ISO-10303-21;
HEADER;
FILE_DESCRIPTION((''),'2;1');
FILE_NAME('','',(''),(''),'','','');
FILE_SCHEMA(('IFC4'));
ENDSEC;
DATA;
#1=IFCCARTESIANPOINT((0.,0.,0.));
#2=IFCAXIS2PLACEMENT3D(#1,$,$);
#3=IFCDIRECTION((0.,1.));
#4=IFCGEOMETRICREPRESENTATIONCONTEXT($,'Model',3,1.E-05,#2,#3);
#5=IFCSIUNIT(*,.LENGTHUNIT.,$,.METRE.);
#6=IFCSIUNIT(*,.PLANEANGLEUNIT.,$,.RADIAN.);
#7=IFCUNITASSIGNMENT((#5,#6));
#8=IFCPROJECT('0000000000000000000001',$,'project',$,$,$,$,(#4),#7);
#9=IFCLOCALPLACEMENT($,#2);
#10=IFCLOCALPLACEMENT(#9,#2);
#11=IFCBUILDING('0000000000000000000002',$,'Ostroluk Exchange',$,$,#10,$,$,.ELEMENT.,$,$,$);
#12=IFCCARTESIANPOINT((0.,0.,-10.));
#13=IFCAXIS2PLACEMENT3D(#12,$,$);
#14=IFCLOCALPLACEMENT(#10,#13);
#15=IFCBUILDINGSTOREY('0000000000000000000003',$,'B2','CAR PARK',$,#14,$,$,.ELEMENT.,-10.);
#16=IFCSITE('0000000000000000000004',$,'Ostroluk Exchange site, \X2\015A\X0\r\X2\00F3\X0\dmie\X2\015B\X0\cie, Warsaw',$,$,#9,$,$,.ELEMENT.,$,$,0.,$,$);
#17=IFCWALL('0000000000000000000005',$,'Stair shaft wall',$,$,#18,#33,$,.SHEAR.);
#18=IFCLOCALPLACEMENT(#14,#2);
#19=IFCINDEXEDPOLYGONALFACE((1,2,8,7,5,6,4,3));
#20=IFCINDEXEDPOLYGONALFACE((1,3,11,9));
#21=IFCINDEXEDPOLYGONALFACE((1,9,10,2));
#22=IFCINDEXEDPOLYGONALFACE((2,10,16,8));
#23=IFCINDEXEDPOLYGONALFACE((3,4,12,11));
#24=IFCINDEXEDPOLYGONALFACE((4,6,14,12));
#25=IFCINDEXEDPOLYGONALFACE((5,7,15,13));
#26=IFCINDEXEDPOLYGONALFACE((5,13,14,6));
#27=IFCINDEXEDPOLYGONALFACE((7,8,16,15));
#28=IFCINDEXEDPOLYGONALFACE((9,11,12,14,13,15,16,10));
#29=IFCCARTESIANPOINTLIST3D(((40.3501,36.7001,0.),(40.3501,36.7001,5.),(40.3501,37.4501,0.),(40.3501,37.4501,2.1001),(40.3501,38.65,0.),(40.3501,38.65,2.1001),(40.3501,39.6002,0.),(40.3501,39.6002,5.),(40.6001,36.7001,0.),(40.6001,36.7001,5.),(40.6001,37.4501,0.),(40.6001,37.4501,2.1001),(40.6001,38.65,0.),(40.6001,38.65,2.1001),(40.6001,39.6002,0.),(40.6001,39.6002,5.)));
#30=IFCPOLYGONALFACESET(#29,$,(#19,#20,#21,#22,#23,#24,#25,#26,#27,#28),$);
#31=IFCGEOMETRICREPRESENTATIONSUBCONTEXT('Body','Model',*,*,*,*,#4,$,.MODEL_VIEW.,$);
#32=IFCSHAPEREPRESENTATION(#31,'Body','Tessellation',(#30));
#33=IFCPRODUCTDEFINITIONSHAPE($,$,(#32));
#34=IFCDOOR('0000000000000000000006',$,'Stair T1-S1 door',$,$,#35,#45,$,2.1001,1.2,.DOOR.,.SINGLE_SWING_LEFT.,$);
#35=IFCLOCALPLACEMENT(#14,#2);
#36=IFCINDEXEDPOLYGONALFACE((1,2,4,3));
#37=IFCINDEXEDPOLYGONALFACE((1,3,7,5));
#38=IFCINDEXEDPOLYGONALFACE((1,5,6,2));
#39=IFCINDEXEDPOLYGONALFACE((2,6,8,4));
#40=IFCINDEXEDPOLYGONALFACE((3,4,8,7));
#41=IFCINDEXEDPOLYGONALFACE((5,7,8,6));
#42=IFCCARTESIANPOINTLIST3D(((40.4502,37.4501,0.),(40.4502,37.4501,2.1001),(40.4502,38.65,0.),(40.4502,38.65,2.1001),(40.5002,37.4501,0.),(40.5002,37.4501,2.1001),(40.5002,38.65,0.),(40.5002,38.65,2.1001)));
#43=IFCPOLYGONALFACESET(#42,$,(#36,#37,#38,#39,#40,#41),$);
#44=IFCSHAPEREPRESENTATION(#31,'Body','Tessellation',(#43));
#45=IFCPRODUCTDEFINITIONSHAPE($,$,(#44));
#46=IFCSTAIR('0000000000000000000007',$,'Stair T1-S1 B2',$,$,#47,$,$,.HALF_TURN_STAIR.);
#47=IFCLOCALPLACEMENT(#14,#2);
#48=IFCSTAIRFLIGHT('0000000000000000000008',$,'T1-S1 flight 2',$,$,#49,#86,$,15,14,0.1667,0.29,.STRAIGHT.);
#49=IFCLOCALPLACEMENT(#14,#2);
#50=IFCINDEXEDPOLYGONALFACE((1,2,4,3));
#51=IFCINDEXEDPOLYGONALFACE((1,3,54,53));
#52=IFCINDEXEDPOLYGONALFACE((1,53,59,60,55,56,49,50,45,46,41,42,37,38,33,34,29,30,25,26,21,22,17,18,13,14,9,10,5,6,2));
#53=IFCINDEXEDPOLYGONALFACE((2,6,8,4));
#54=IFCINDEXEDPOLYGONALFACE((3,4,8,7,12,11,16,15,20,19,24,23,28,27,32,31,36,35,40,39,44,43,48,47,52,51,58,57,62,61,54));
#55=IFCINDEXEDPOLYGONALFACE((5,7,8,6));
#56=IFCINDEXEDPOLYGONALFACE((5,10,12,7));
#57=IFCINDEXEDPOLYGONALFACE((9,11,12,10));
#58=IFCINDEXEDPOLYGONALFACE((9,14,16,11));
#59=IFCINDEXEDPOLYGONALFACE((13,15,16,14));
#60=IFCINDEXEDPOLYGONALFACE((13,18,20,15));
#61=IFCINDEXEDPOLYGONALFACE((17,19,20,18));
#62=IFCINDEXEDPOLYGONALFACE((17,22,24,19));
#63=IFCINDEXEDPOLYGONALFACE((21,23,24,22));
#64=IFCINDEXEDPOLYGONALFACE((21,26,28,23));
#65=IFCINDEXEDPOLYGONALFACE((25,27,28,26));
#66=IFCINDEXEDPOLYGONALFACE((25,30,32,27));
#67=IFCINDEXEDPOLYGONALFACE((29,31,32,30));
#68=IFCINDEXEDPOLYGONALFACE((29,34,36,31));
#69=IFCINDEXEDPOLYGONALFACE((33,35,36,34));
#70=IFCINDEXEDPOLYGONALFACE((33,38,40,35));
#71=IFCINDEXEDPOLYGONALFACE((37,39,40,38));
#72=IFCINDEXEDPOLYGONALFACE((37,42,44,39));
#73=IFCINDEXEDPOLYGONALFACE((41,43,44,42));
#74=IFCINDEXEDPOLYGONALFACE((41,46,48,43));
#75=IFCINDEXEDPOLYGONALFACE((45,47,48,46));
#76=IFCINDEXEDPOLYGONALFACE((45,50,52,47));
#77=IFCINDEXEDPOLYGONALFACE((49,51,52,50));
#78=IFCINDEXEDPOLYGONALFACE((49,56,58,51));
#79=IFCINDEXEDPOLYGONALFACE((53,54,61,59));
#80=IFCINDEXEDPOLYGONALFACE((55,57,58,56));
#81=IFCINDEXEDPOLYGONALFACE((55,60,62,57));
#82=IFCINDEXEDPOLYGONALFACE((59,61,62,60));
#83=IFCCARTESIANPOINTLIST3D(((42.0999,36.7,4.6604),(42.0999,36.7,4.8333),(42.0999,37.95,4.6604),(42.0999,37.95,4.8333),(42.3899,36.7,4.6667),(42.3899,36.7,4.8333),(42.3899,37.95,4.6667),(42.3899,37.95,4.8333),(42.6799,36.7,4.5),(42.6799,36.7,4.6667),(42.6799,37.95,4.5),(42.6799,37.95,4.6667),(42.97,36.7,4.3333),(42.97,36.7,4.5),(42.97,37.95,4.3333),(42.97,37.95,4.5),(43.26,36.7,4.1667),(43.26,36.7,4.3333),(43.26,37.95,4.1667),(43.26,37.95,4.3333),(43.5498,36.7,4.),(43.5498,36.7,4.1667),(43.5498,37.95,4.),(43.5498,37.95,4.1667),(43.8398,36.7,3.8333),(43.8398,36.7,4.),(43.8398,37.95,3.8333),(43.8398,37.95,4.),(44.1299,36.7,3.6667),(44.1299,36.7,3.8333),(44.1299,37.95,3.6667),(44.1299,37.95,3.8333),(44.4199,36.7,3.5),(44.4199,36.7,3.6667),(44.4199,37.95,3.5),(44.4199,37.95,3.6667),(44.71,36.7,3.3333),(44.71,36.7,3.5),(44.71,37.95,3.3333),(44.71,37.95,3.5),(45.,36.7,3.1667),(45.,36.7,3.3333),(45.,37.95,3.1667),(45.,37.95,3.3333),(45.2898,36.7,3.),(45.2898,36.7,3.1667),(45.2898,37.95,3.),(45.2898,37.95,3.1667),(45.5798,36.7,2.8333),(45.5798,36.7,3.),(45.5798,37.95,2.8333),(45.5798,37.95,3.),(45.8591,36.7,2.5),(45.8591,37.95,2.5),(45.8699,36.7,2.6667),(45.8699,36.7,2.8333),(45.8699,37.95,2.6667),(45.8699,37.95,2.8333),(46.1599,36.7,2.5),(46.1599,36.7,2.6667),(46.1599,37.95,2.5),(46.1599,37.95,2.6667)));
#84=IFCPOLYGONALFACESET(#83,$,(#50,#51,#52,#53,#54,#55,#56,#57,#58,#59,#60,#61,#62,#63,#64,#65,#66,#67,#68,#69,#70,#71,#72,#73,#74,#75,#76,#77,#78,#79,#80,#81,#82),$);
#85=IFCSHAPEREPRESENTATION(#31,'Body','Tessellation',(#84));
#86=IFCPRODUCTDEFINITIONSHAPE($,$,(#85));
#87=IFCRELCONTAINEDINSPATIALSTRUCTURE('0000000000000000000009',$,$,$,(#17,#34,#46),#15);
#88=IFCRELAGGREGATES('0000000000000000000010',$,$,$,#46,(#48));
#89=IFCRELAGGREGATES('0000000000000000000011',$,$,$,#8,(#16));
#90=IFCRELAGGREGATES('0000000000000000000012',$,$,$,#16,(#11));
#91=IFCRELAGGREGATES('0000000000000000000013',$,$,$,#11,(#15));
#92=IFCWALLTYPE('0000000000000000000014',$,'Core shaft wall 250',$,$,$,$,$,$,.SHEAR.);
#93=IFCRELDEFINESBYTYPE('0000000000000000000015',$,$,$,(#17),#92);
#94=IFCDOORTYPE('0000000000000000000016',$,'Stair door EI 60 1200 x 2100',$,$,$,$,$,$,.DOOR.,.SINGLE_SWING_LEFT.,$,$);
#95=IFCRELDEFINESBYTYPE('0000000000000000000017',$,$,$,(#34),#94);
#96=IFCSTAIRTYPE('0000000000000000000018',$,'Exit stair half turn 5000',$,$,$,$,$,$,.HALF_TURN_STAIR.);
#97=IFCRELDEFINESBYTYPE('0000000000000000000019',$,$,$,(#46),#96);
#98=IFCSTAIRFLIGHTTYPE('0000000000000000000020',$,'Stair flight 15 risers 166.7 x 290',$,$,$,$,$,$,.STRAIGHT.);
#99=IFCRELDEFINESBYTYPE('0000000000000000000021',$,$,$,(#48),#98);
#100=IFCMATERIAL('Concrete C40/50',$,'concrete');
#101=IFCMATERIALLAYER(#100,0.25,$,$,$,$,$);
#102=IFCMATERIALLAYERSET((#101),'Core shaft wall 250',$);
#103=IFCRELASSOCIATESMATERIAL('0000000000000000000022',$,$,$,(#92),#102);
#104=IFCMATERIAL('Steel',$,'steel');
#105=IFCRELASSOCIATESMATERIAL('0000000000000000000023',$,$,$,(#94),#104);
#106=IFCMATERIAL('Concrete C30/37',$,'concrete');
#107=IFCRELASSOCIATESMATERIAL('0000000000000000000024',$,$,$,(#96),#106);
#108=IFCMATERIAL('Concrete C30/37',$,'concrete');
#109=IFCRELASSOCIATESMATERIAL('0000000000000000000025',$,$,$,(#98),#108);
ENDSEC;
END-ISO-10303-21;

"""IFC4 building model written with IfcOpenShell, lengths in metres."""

from ifc_helpers import new_model, si_unit, direction, frame, frame_2d, origin, place, context, subcontext, project, spatial, polyline, rectangle, outline, extrude, material, layer, layer_set, type_object, element, fill, aggregate, save


model = new_model("IFC4")

# Units and contexts
model_context = context("Model", 3, precision=1e-05, world=origin(), true_north=direction((0.0, 1.0)))
body_context = subcontext(model_context, "Body", "Model", "MODEL_VIEW")
ifc_project = project(units=[si_unit("LENGTHUNIT", "METRE"), si_unit("PLANEANGLEUNIT", "RADIAN")], contexts=[model_context])

# Site, building, storey
site_placement = place(None, origin())
site = spatial("IfcSite", under=ifc_project, at=site_placement, Name="Ostroluk Exchange site, Śródmieście, Warsaw", CompositionType="ELEMENT", RefElevation=0.0)
building_placement = place(site_placement, origin())
building = spatial("IfcBuilding", under=site, at=building_placement, Name="Ostroluk Exchange", CompositionType="ELEMENT")
storey_placement = place(building_placement, frame((0.0, 0.0, -10.0)))
storey = spatial("IfcBuildingStorey", under=building, at=storey_placement, Name="B2", Description="CAR PARK", CompositionType="ELEMENT", Elevation=-10.0)

# Wall, opening, door
ifc_material_1 = material(Name="Concrete C40/50", Category="concrete")
ifc_layer_1 = layer(ifc_material_1, 0.25)
ifc_layer_set_1 = layer_set([ifc_layer_1], Name="Core shaft wall 250")
wall_type_1 = type_object("IfcWallType", Name="Core shaft wall 250", PredefinedType="SHEAR", material=ifc_layer_set_1)
wall_1_placement = place(storey_placement, frame((40.4751, 36.7, 0.0), z_axis=(0.0, 0.0, 1.0), x_axis=(0.0, 1.0, 0.0)))
wall_1 = element("IfcWall", 1, at=wall_1_placement, inside=storey, type_object=wall_type_1, Name="Stair shaft wall", PredefinedType="SHEAR", context=body_context, shape_type="SweptSolid", body=[
    extrude(rectangle(XDim=2.9001, YDim=0.25, at=frame_2d((1.4502, 0.0))), origin(), (0.0, 0.0, 1.0), 5.0),
])
opening_1_placement = place(wall_1_placement, frame((0.75, 0.0, 0.0)))
opening_1 = element("IfcOpeningElement", 2, at=opening_1_placement, cuts=wall_1, PredefinedType="OPENING", context=body_context, shape_type="SweptSolid", body=[
    extrude(rectangle(XDim=1.2, YDim=2.1001, at=frame_2d((0.6001, 1.05))), frame((0.0, 0.135, 0.0), z_axis=(0.0, -1.0, 0.0), x_axis=(1.0, 0.0, 0.0)), (0.0, 0.0, 1.0), 0.27),
])
ifc_material_2 = material(Name="Steel", Category="steel")
door_type_1 = type_object("IfcDoorType", Name="Stair door EI 60 1200 x 2100", OperationType="SINGLE_SWING_LEFT", PredefinedType="DOOR", material=ifc_material_2)
door_1_placement = place(opening_1_placement, origin())
door_1 = element("IfcDoor", 3, at=door_1_placement, inside=storey, type_object=door_type_1, Name="Stair T1-S1 door", OperationType="SINGLE_SWING_LEFT", OverallHeight=2.1001, OverallWidth=1.2, PredefinedType="DOOR", context=body_context, shape_type="SweptSolid", body=[
    extrude(rectangle(XDim=1.2, YDim=2.1001, at=frame_2d((0.6001, 1.05))), frame((0.0, 0.0249, 0.0), z_axis=(0.0, -1.0, 0.0), x_axis=(1.0, 0.0, 0.0)), (0.0, 0.0, 1.0), 0.05),
])
fill(opening_1, door_1)

# Stair, stair flight
ifc_material_3 = material(Name="Concrete C30/37", Category="concrete")
stair_type = type_object("IfcStairType", Name="Exit stair half turn 5000", PredefinedType="HALF_TURN_STAIR", material=ifc_material_3)
stair_placement = place(storey_placement, origin())
stair = element("IfcStair", 4, at=stair_placement, inside=storey, type_object=stair_type, Name="Stair T1-S1 B2", PredefinedType="HALF_TURN_STAIR")
ifc_material_4 = material(Name="Concrete C30/37", Category="concrete")
stair_flight_type = type_object("IfcStairFlightType", Name="Stair flight 15 risers 166.7 x 290", PredefinedType="STRAIGHT", material=ifc_material_4)
stair_flight_placement = place(storey_placement, frame((46.1599, 37.325, 2.5), z_axis=(0.0, 0.0, 1.0), x_axis=(-1.0, 0.0, 0.0)))
stair_flight = element("IfcStairFlight", 5, at=stair_flight_placement, type_object=stair_flight_type, Name="T1-S1 flight 2", NumberOfRisers=15, NumberOfTreads=14, PredefinedType="STRAIGHT", RiserHeight=0.1667, TreadLength=0.29, context=body_context, shape_type="SweptSolid", body=[
    extrude(outline(polyline([(0.0, 0.0), (0.0, 0.1667), (0.29, 0.1667), (0.29, 0.3333), (0.5801, 0.3333), (0.5801, 0.5), (0.8701, 0.5), (0.8701, 0.6667), (1.1599, 0.6667), (1.1599, 0.8333), (1.45, 0.8333), (1.45, 1.0), (1.74, 1.0), (1.74, 1.1667), (2.03, 1.1667), (2.03, 1.3333), (2.3201, 1.3333), (2.3201, 1.5), (2.6101, 1.5), (2.6101, 1.6667), (2.8999, 1.6667), (2.8999, 1.8333), (3.1899, 1.8333), (3.1899, 2.0), (3.48, 2.0), (3.48, 2.1667), (3.77, 2.1667), (3.77, 2.3333), (4.0601, 2.3333), (4.0601, 2.5), (4.0601, 2.1604), (0.3008, 0.0), (0.0, 0.0)])), frame((0.0, 0.625, 0.0), z_axis=(0.0, -1.0, 0.0), x_axis=(1.0, 0.0, 0.0)), (0.0, 0.0, 1.0), 1.25),
])
aggregate(stair, [stair_flight])

save(model, "model.ifc")
